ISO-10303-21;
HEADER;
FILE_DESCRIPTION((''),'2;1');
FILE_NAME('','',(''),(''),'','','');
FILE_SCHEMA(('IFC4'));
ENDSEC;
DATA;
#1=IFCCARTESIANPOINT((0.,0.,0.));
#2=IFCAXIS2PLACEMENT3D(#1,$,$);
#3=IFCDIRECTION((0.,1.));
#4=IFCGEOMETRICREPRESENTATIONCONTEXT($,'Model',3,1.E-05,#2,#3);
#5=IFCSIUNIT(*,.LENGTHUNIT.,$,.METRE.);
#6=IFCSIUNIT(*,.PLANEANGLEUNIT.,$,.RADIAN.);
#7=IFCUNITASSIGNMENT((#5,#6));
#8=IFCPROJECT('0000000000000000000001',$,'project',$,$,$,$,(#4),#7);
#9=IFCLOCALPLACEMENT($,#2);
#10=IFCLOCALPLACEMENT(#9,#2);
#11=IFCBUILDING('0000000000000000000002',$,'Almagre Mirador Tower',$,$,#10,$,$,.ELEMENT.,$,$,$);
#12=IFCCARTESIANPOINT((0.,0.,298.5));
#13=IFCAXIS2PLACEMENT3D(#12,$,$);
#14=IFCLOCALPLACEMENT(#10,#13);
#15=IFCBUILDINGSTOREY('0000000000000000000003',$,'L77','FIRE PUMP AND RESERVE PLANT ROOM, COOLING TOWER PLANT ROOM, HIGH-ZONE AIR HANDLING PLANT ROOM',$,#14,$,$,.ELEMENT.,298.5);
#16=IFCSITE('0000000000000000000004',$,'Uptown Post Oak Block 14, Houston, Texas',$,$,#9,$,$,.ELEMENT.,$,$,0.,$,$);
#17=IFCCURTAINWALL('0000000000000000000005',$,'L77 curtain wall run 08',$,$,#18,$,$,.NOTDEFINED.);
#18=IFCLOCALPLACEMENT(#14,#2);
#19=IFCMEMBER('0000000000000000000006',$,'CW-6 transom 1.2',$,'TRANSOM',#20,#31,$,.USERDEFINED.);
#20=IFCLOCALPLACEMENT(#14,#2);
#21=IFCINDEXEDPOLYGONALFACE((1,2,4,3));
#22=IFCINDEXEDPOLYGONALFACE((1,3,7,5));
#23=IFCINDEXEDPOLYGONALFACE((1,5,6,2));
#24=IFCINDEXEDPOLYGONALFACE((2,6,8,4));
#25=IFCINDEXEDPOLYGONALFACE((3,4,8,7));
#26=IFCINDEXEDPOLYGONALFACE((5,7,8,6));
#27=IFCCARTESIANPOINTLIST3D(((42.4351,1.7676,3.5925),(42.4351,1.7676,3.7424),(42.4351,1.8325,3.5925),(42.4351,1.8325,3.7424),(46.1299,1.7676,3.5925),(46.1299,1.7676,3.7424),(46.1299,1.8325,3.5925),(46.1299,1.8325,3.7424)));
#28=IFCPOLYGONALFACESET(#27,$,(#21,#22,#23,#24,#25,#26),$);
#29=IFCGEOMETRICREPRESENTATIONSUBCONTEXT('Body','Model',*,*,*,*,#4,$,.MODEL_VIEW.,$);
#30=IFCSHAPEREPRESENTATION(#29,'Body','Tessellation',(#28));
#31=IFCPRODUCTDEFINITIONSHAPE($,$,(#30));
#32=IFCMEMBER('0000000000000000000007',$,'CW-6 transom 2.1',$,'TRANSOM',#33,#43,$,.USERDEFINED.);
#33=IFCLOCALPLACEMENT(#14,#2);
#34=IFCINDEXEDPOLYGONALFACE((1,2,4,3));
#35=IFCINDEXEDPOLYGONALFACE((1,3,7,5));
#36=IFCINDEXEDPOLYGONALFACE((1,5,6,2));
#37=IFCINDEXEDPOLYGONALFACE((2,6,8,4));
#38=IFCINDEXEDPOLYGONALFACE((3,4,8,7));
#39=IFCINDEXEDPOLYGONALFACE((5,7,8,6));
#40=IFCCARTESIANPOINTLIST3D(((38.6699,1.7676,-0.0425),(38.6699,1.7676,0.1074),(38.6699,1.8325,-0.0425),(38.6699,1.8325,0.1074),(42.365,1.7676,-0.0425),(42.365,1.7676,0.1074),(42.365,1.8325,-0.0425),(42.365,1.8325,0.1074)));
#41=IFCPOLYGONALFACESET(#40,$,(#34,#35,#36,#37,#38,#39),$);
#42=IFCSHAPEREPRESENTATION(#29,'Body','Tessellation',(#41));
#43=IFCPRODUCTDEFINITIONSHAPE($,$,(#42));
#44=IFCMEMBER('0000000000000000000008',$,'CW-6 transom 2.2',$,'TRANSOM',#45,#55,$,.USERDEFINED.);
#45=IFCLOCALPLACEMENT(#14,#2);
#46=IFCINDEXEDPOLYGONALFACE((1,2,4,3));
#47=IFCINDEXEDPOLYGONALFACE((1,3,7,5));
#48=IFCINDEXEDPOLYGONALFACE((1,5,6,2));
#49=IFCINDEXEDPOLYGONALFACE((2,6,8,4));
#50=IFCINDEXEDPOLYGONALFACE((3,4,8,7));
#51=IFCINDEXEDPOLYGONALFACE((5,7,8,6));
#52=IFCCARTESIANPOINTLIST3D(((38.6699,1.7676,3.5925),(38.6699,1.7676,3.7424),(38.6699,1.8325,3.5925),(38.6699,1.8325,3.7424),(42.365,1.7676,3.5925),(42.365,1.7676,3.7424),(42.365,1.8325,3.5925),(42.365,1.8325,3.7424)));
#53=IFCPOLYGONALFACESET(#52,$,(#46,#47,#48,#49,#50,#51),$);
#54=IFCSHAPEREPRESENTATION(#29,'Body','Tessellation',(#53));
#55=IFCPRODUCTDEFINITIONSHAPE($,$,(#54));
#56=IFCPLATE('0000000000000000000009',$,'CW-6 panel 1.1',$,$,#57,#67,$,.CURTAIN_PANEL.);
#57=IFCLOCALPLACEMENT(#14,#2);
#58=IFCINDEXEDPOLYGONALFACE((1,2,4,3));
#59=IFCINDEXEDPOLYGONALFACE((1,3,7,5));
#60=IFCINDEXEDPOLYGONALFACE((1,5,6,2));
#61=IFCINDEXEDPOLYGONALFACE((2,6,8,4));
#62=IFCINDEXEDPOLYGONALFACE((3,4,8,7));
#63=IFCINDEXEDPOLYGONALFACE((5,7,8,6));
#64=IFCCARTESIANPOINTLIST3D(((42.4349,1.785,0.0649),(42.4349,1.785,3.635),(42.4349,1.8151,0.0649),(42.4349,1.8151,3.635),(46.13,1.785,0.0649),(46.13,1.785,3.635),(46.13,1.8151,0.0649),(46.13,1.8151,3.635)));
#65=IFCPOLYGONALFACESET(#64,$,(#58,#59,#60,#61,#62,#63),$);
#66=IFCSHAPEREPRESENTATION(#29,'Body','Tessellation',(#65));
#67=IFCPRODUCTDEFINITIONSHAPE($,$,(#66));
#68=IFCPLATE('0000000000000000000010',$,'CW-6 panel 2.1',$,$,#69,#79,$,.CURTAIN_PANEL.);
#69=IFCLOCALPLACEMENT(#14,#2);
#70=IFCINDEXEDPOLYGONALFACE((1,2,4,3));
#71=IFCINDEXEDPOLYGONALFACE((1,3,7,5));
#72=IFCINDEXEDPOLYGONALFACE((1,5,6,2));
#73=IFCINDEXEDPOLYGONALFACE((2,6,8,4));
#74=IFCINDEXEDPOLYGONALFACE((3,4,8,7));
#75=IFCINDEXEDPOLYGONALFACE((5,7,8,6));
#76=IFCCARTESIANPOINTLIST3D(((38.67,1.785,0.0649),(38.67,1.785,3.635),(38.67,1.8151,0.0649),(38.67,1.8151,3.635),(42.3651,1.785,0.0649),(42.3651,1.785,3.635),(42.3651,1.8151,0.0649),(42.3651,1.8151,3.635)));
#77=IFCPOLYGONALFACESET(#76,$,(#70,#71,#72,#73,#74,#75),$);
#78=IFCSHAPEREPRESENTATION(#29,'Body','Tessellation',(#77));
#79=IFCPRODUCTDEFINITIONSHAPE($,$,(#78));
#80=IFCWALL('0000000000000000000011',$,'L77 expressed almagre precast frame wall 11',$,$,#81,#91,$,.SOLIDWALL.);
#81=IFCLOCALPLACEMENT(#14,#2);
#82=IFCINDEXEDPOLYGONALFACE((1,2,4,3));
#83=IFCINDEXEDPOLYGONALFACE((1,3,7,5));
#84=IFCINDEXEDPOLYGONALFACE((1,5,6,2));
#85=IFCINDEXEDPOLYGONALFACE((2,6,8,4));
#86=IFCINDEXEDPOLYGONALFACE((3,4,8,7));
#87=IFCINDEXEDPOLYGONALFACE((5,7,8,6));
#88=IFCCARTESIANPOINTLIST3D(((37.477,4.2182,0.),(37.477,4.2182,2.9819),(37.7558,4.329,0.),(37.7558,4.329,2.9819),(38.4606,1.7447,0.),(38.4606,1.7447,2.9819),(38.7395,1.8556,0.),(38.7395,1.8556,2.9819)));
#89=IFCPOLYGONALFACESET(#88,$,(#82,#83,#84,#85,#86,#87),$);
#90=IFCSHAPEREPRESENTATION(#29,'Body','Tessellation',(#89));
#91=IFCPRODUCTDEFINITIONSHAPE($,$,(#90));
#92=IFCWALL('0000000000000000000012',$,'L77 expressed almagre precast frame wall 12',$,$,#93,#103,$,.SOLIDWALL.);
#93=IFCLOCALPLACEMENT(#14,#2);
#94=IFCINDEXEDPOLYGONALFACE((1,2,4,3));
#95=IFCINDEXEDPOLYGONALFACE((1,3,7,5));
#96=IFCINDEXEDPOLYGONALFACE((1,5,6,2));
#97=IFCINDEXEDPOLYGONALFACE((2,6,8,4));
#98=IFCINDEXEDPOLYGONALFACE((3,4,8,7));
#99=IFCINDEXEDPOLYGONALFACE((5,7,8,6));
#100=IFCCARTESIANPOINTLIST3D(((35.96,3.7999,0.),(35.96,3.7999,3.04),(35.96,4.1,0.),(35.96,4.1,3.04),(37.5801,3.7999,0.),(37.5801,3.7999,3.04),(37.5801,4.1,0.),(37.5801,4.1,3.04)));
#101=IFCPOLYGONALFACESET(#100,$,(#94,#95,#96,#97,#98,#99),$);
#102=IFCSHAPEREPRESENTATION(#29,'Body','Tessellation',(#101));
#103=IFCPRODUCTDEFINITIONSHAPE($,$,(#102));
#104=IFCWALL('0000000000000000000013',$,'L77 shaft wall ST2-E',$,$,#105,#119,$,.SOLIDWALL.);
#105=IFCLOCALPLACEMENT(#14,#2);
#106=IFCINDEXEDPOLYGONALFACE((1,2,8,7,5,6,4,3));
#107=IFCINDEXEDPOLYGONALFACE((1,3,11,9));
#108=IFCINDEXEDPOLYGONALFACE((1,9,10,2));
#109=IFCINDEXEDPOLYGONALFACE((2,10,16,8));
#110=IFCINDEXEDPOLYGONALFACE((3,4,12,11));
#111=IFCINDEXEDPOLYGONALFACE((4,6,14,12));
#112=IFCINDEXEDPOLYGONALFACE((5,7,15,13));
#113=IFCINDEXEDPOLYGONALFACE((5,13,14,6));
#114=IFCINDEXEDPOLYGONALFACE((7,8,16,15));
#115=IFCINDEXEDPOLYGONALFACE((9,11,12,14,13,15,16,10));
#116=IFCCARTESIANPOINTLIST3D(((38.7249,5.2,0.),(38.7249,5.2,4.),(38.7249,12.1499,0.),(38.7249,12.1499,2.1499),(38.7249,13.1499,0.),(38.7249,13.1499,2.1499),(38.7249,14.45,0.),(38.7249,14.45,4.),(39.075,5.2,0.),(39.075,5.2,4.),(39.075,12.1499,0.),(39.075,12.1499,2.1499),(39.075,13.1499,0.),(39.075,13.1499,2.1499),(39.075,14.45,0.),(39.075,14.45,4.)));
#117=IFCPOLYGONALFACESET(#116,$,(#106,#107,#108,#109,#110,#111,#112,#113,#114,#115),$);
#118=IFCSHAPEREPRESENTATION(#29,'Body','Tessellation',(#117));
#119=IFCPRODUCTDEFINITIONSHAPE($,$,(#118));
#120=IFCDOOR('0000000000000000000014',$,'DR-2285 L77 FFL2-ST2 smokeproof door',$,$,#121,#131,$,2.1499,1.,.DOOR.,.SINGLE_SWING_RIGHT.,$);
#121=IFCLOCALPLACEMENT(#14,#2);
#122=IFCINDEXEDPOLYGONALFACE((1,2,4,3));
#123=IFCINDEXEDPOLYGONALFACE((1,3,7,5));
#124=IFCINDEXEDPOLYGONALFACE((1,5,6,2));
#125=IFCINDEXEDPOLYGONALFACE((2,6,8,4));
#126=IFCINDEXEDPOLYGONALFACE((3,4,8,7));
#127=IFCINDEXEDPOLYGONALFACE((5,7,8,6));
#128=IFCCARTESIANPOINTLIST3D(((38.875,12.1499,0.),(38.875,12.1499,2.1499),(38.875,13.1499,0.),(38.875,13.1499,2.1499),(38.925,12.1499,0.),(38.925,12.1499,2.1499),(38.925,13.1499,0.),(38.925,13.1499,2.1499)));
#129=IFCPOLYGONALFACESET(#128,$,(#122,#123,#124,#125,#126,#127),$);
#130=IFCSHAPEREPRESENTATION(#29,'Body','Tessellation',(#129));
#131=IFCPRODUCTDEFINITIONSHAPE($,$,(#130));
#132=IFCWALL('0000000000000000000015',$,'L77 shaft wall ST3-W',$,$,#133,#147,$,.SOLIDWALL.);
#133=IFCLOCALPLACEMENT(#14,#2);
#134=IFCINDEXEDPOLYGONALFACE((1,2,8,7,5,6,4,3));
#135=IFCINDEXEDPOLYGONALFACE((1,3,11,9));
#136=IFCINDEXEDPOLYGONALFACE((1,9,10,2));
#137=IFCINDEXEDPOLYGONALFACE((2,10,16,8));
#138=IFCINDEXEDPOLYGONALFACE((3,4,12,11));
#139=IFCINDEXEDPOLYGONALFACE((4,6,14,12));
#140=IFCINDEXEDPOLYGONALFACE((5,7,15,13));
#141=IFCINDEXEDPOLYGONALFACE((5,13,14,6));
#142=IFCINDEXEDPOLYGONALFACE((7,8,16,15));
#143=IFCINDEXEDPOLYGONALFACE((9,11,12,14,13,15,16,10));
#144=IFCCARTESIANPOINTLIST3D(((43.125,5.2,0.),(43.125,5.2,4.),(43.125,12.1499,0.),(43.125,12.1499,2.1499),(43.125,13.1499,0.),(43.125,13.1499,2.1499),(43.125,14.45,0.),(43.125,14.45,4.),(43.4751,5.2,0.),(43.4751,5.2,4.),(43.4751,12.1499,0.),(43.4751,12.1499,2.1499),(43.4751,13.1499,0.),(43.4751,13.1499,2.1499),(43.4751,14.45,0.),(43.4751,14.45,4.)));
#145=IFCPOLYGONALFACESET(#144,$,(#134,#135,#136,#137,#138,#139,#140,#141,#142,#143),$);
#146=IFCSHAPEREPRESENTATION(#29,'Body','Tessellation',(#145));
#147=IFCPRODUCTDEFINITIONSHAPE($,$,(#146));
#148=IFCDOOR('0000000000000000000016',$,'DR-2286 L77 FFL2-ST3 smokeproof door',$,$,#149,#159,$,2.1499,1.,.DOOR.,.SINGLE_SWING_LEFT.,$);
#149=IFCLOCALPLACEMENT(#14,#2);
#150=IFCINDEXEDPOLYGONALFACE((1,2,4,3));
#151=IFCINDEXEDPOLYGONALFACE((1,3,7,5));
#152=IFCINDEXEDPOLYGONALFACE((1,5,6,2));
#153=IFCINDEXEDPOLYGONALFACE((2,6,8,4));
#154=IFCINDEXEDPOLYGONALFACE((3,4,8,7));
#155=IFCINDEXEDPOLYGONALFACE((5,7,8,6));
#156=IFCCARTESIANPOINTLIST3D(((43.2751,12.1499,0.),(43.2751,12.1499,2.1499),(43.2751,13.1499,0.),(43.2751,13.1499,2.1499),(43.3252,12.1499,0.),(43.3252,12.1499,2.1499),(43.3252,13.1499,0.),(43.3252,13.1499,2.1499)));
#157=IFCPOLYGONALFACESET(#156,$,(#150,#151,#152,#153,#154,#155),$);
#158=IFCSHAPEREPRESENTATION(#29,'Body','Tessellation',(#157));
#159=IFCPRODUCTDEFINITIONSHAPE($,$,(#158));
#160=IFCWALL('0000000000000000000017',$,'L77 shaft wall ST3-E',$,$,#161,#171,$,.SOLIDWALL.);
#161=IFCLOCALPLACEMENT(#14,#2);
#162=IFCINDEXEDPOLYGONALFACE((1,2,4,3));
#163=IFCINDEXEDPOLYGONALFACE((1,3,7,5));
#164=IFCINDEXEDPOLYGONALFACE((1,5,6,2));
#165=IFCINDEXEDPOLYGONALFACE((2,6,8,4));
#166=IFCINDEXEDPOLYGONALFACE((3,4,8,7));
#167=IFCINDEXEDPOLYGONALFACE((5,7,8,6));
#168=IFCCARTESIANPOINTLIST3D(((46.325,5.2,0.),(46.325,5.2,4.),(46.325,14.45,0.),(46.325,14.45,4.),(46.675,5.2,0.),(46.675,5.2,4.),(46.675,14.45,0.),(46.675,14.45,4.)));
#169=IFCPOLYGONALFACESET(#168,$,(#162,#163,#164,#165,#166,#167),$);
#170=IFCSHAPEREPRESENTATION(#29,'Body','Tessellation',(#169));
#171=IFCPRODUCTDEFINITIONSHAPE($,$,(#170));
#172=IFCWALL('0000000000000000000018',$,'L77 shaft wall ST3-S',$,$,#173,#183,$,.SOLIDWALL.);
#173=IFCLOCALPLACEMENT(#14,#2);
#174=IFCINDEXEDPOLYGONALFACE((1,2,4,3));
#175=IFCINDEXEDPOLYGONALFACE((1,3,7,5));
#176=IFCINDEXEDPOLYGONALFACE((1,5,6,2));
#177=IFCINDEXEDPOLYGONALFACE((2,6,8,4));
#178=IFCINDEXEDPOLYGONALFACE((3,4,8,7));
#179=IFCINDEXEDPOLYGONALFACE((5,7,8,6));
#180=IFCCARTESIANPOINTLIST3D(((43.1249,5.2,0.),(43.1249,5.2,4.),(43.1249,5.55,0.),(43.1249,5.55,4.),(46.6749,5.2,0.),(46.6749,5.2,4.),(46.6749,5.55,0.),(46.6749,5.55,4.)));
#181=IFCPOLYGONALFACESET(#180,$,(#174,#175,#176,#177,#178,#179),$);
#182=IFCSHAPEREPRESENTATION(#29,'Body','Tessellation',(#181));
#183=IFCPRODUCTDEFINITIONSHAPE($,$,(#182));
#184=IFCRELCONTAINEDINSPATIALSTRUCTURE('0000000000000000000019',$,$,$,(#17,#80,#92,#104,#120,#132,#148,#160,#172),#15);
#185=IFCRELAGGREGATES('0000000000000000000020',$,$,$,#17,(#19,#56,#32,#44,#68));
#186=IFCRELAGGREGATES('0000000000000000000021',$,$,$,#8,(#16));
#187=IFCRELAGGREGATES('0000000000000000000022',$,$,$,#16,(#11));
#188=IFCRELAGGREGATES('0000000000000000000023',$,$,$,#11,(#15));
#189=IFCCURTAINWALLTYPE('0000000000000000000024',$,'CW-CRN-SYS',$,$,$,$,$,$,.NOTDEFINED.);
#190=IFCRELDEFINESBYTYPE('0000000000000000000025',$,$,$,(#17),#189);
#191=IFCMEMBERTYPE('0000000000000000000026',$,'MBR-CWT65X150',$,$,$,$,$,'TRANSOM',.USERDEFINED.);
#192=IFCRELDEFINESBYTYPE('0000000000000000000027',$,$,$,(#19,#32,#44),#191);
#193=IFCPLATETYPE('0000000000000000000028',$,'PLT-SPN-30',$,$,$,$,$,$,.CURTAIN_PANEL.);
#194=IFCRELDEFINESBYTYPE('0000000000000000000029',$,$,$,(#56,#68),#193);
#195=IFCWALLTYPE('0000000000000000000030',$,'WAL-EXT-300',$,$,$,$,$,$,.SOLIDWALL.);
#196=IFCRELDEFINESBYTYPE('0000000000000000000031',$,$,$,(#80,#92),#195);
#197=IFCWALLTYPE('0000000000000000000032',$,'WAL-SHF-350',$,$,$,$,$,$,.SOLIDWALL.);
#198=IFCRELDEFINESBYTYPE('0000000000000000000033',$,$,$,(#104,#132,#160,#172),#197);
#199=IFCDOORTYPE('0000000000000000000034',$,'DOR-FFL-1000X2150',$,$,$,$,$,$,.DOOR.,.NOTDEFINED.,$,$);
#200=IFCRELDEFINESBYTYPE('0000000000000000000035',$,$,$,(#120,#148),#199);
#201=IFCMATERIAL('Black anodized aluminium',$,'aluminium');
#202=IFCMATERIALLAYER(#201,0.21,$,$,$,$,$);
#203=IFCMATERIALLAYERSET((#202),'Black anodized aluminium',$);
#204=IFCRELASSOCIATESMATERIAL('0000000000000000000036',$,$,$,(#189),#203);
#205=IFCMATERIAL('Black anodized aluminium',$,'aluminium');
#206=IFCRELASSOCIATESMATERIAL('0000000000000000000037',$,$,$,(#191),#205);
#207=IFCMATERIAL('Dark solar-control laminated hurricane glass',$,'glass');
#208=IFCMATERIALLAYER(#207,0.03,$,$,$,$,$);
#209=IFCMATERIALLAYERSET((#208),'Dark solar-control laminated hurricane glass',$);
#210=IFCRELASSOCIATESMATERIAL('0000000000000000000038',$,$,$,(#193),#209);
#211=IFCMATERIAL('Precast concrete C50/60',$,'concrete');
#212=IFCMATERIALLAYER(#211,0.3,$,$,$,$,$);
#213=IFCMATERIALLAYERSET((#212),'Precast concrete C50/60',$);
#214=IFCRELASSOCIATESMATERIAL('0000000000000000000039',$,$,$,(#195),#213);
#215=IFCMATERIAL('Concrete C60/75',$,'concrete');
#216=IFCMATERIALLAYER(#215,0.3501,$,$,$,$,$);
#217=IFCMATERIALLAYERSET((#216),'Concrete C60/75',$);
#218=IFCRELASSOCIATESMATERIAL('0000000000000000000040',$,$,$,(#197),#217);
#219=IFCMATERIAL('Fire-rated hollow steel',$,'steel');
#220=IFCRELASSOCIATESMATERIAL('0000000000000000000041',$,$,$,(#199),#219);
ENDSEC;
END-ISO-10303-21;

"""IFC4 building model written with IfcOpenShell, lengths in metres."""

from ifc_helpers import new_model, si_unit, direction, frame, frame_2d, origin, origin_2d, place, context, subcontext, project, spatial, rectangle, extrude, material, layer, layer_set, material_profile, profile_set, type_object, element, fill, aggregate, save


model = new_model("IFC4")

# Units and contexts
model_context = context("Model", 3, precision=1e-05, world=origin(), true_north=direction((0.0, 1.0)))
body_context = subcontext(model_context, "Body", "Model", "MODEL_VIEW")
ifc_project = project(units=[si_unit("LENGTHUNIT", "METRE"), si_unit("PLANEANGLEUNIT", "RADIAN")], contexts=[model_context])

# Site, building, storey
site_placement = place(None, origin())
site = spatial("IfcSite", under=ifc_project, at=site_placement, Name="Uptown Post Oak Block 14, Houston, Texas", CompositionType="ELEMENT", RefElevation=0.0)
building_placement = place(site_placement, origin())
building = spatial("IfcBuilding", under=site, at=building_placement, Name="Almagre Mirador Tower", CompositionType="ELEMENT")
storey_placement = place(building_placement, frame((0.0, 0.0, 298.5)))
storey = spatial("IfcBuildingStorey", under=building, at=storey_placement, Name="L77", Description="FIRE PUMP AND RESERVE PLANT ROOM, COOLING TOWER PLANT ROOM, HIGH-ZONE AIR HANDLING PLANT ROOM", CompositionType="ELEMENT", Elevation=298.5)

# Shared definitions
ifc_material_1 = material(Name="Black anodized aluminium", Category="aluminium")
ifc_layer_1 = layer(ifc_material_1, 0.21)
ifc_layer_set_1 = layer_set([ifc_layer_1], Name="Black anodized aluminium")
curtain_wall_type = type_object("IfcCurtainWallType", Name="CW-CRN-SYS", PredefinedType="NOTDEFINED", material=ifc_layer_set_1)

# Curtain wall, members, plates
curtain_wall_1_placement = place(storey_placement, origin())
curtain_wall_1 = element("IfcCurtainWall", 1, at=curtain_wall_1_placement, inside=storey, type_object=curtain_wall_type, Name="L77 curtain wall run 08", PredefinedType="NOTDEFINED")
ifc_material_2 = material(Name="Black anodized aluminium", Category="aluminium")
ifc_material_profile_1 = material_profile(ifc_material_2, rectangle(XDim=0.0649, YDim=0.1499, at=origin_2d()), Name="CWT65X150")
ifc_profile_set_1 = profile_set([ifc_material_profile_1], Name="Black anodized aluminium")
member_type_1 = type_object("IfcMemberType", Name="MBR-CWT65X150", ElementType="TRANSOM", PredefinedType="USERDEFINED", material=ifc_profile_set_1)
member_1_placement = place(storey_placement, frame((46.1299, 1.8, 3.6675), z_axis=(-1.0, 0.0, 0.0), x_axis=(0.0, -1.0, 0.0)))
member_1 = element("IfcMember", 2, at=member_1_placement, type_object=member_type_1, Name="CW-6 transom 1.2", ObjectType="TRANSOM", PredefinedType="USERDEFINED", context=body_context, shape_type="SweptSolid", body=[
    extrude(rectangle(XDim=0.0649, YDim=0.1499, at=origin_2d()), origin(), (0.0, 0.0, 1.0), 3.6948),
])
member_2_placement = place(storey_placement, frame((42.365, 1.8, 0.0325), z_axis=(-1.0, 0.0, 0.0), x_axis=(0.0, -1.0, 0.0)))
member_2 = element("IfcMember", 3, at=member_2_placement, type_object=member_type_1, Name="CW-6 transom 2.1", ObjectType="TRANSOM", PredefinedType="USERDEFINED", context=body_context, shape_type="SweptSolid", body=[
    extrude(rectangle(XDim=0.0649, YDim=0.1499, at=origin_2d()), origin(), (0.0, 0.0, 1.0), 3.6951),
])
member_3_placement = place(storey_placement, frame((42.365, 1.8, 3.6675), z_axis=(-1.0, 0.0, 0.0), x_axis=(0.0, -1.0, 0.0)))
member_3 = element("IfcMember", 4, at=member_3_placement, type_object=member_type_1, Name="CW-6 transom 2.2", ObjectType="TRANSOM", PredefinedType="USERDEFINED", context=body_context, shape_type="SweptSolid", body=[
    extrude(rectangle(XDim=0.0649, YDim=0.1499, at=origin_2d()), origin(), (0.0, 0.0, 1.0), 3.6951),
])
ifc_material_3 = material(Name="Dark solar-control laminated hurricane glass", Category="glass")
ifc_layer_2 = layer(ifc_material_3, 0.03)
ifc_layer_set_2 = layer_set([ifc_layer_2], Name="Dark solar-control laminated hurricane glass")
plate_type = type_object("IfcPlateType", Name="PLT-SPN-30", PredefinedType="CURTAIN_PANEL", material=ifc_layer_set_2)
plate_1_placement = place(storey_placement, frame((44.2825, 1.8, 0.0649), z_axis=(0.0, 0.0, 1.0), x_axis=(-1.0, 0.0, 0.0)))
plate_1 = element("IfcPlate", 5, at=plate_1_placement, type_object=plate_type, Name="CW-6 panel 1.1", PredefinedType="CURTAIN_PANEL", context=body_context, shape_type="SweptSolid", body=[
    extrude(rectangle(XDim=3.6951, YDim=0.03, at=origin_2d()), origin(), (0.0, 0.0, 1.0), 3.5701),
])
plate_2_placement = place(storey_placement, frame((40.5176, 1.8, 0.0649), z_axis=(0.0, 0.0, 1.0), x_axis=(-1.0, 0.0, 0.0)))
plate_2 = element("IfcPlate", 6, at=plate_2_placement, type_object=plate_type, Name="CW-6 panel 2.1", PredefinedType="CURTAIN_PANEL", context=body_context, shape_type="SweptSolid", body=[
    extrude(rectangle(XDim=3.6951, YDim=0.03, at=origin_2d()), origin(), (0.0, 0.0, 1.0), 3.5701),
])
aggregate(curtain_wall_1, [member_1, plate_1, member_2, member_3, plate_2])

# Walls
ifc_material_4 = material(Name="Precast concrete C50/60", Category="concrete")
ifc_layer_3 = layer(ifc_material_4, 0.3)
ifc_layer_set_3 = layer_set([ifc_layer_3], Name="Precast concrete C50/60")
wall_type_1 = type_object("IfcWallType", Name="WAL-EXT-300", PredefinedType="SOLIDWALL", material=ifc_layer_set_3)
wall_1_placement = place(storey_placement, frame((38.6001, 1.8, 0.0), z_axis=(0.0, 0.0, 1.0), x_axis=(-0.36954, 0.929215, 0.0)))
element("IfcWall", 7, at=wall_1_placement, inside=storey, type_object=wall_type_1, Name="L77 expressed almagre precast frame wall 11", PredefinedType="SOLIDWALL", context=body_context, shape_type="SweptSolid", body=[
    extrude(rectangle(XDim=2.6619, YDim=0.3, at=frame_2d((1.3311, 0.0))), origin(), (0.0, 0.0, 1.0), 2.9819),
])
wall_2_placement = place(storey_placement, frame((37.5801, 3.95, 0.0), z_axis=(0.0, 0.0, 1.0), x_axis=(-1.0, 0.0, 0.0)))
element("IfcWall", 8, at=wall_2_placement, inside=storey, type_object=wall_type_1, Name="L77 expressed almagre precast frame wall 12", PredefinedType="SOLIDWALL", context=body_context, shape_type="SweptSolid", body=[
    extrude(rectangle(XDim=1.6201, YDim=0.3, at=frame_2d((0.8101, 0.0))), origin(), (0.0, 0.0, 1.0), 3.04),
])

# Walls, openings, doors
ifc_material_5 = material(Name="Concrete C60/75", Category="concrete")
ifc_layer_4 = layer(ifc_material_5, 0.3501)
ifc_layer_set_4 = layer_set([ifc_layer_4], Name="Concrete C60/75")
wall_type_2 = type_object("IfcWallType", Name="WAL-SHF-350", PredefinedType="SOLIDWALL", material=ifc_layer_set_4)
wall_3_placement = place(storey_placement, frame((38.8999, 5.2, 0.0), z_axis=(0.0, 0.0, 1.0), x_axis=(0.0, 1.0, 0.0)))
wall_3 = element("IfcWall", 9, at=wall_3_placement, inside=storey, type_object=wall_type_2, Name="L77 shaft wall ST2-E", PredefinedType="SOLIDWALL", context=body_context, shape_type="SweptSolid", body=[
    extrude(rectangle(XDim=9.25, YDim=0.3501, at=frame_2d((4.625, 0.0))), origin(), (0.0, 0.0, 1.0), 4.0),
])
opening_1_placement = place(wall_3_placement, frame((6.95, 0.0, 0.0)))
opening_1 = element("IfcOpeningElement", 10, at=opening_1_placement, cuts=wall_3, PredefinedType="OPENING", context=body_context, shape_type="SweptSolid", body=[
    extrude(rectangle(XDim=1.0, YDim=2.1499, at=frame_2d((0.5, 1.075))), frame((0.0, 0.185, 0.0), z_axis=(0.0, -1.0, 0.0), x_axis=(1.0, 0.0, 0.0)), (0.0, 0.0, 1.0), 0.3701),
])
ifc_material_6 = material(Name="Fire-rated hollow steel", Category="steel")
door_type_1 = type_object("IfcDoorType", Name="DOR-FFL-1000X2150", OperationType="NOTDEFINED", PredefinedType="DOOR", material=ifc_material_6)
door_1_placement = place(opening_1_placement, origin())
door_1 = element("IfcDoor", 11, at=door_1_placement, inside=storey, type_object=door_type_1, Name="DR-2285 L77 FFL2-ST2 smokeproof door", OperationType="SINGLE_SWING_RIGHT", OverallHeight=2.1499, OverallWidth=1.0, PredefinedType="DOOR", context=body_context, shape_type="SweptSolid", body=[
    extrude(rectangle(XDim=1.0, YDim=2.1499, at=frame_2d((0.5, 1.075))), frame((0.0, 0.0249, 0.0), z_axis=(0.0, -1.0, 0.0), x_axis=(1.0, 0.0, 0.0)), (0.0, 0.0, 1.0), 0.05),
])
fill(opening_1, door_1)
wall_4_placement = place(storey_placement, frame((43.3, 5.2, 0.0), z_axis=(0.0, 0.0, 1.0), x_axis=(0.0, 1.0, 0.0)))
wall_4 = element("IfcWall", 12, at=wall_4_placement, inside=storey, type_object=wall_type_2, Name="L77 shaft wall ST3-W", PredefinedType="SOLIDWALL", context=body_context, shape_type="SweptSolid", body=[
    extrude(rectangle(XDim=9.25, YDim=0.3501, at=frame_2d((4.625, 0.0))), origin(), (0.0, 0.0, 1.0), 4.0),
])
opening_2_placement = place(wall_4_placement, frame((6.95, 0.0, 0.0)))
opening_2 = element("IfcOpeningElement", 13, at=opening_2_placement, cuts=wall_4, PredefinedType="OPENING", context=body_context, shape_type="SweptSolid", body=[
    extrude(rectangle(XDim=1.0, YDim=2.1499, at=frame_2d((0.5, 1.075))), frame((0.0, 0.185, 0.0), z_axis=(0.0, -1.0, 0.0), x_axis=(1.0, 0.0, 0.0)), (0.0, 0.0, 1.0), 0.3701),
])
door_2_placement = place(opening_2_placement, origin())
door_2 = element("IfcDoor", 14, at=door_2_placement, inside=storey, type_object=door_type_1, Name="DR-2286 L77 FFL2-ST3 smokeproof door", OperationType="SINGLE_SWING_LEFT", OverallHeight=2.1499, OverallWidth=1.0, PredefinedType="DOOR", context=body_context, shape_type="SweptSolid", body=[
    extrude(rectangle(XDim=1.0, YDim=2.1499, at=frame_2d((0.5, 1.075))), frame((0.0, 0.0249, 0.0), z_axis=(0.0, -1.0, 0.0), x_axis=(1.0, 0.0, 0.0)), (0.0, 0.0, 1.0), 0.05),
])
fill(opening_2, door_2)

# Walls
wall_5_placement = place(storey_placement, frame((46.5, 5.2, 0.0), z_axis=(0.0, 0.0, 1.0), x_axis=(0.0, 1.0, 0.0)))
element("IfcWall", 15, at=wall_5_placement, inside=storey, type_object=wall_type_2, Name="L77 shaft wall ST3-E", PredefinedType="SOLIDWALL", context=body_context, shape_type="SweptSolid", body=[
    extrude(rectangle(XDim=9.25, YDim=0.3501, at=frame_2d((4.625, 0.0))), origin(), (0.0, 0.0, 1.0), 4.0),
])
wall_6_placement = place(storey_placement, frame((43.125, 5.375, 0.0), z_axis=(0.0, 0.0, 1.0), x_axis=(1.0, 0.0, 0.0)))
element("IfcWall", 16, at=wall_6_placement, inside=storey, type_object=wall_type_2, Name="L77 shaft wall ST3-S", PredefinedType="SOLIDWALL", context=body_context, shape_type="SweptSolid", body=[
    extrude(rectangle(XDim=3.55, YDim=0.3501, at=frame_2d((1.7749, 0.0))), origin(), (0.0, 0.0, 1.0), 4.0),
])

save(model, "model.ifc")
